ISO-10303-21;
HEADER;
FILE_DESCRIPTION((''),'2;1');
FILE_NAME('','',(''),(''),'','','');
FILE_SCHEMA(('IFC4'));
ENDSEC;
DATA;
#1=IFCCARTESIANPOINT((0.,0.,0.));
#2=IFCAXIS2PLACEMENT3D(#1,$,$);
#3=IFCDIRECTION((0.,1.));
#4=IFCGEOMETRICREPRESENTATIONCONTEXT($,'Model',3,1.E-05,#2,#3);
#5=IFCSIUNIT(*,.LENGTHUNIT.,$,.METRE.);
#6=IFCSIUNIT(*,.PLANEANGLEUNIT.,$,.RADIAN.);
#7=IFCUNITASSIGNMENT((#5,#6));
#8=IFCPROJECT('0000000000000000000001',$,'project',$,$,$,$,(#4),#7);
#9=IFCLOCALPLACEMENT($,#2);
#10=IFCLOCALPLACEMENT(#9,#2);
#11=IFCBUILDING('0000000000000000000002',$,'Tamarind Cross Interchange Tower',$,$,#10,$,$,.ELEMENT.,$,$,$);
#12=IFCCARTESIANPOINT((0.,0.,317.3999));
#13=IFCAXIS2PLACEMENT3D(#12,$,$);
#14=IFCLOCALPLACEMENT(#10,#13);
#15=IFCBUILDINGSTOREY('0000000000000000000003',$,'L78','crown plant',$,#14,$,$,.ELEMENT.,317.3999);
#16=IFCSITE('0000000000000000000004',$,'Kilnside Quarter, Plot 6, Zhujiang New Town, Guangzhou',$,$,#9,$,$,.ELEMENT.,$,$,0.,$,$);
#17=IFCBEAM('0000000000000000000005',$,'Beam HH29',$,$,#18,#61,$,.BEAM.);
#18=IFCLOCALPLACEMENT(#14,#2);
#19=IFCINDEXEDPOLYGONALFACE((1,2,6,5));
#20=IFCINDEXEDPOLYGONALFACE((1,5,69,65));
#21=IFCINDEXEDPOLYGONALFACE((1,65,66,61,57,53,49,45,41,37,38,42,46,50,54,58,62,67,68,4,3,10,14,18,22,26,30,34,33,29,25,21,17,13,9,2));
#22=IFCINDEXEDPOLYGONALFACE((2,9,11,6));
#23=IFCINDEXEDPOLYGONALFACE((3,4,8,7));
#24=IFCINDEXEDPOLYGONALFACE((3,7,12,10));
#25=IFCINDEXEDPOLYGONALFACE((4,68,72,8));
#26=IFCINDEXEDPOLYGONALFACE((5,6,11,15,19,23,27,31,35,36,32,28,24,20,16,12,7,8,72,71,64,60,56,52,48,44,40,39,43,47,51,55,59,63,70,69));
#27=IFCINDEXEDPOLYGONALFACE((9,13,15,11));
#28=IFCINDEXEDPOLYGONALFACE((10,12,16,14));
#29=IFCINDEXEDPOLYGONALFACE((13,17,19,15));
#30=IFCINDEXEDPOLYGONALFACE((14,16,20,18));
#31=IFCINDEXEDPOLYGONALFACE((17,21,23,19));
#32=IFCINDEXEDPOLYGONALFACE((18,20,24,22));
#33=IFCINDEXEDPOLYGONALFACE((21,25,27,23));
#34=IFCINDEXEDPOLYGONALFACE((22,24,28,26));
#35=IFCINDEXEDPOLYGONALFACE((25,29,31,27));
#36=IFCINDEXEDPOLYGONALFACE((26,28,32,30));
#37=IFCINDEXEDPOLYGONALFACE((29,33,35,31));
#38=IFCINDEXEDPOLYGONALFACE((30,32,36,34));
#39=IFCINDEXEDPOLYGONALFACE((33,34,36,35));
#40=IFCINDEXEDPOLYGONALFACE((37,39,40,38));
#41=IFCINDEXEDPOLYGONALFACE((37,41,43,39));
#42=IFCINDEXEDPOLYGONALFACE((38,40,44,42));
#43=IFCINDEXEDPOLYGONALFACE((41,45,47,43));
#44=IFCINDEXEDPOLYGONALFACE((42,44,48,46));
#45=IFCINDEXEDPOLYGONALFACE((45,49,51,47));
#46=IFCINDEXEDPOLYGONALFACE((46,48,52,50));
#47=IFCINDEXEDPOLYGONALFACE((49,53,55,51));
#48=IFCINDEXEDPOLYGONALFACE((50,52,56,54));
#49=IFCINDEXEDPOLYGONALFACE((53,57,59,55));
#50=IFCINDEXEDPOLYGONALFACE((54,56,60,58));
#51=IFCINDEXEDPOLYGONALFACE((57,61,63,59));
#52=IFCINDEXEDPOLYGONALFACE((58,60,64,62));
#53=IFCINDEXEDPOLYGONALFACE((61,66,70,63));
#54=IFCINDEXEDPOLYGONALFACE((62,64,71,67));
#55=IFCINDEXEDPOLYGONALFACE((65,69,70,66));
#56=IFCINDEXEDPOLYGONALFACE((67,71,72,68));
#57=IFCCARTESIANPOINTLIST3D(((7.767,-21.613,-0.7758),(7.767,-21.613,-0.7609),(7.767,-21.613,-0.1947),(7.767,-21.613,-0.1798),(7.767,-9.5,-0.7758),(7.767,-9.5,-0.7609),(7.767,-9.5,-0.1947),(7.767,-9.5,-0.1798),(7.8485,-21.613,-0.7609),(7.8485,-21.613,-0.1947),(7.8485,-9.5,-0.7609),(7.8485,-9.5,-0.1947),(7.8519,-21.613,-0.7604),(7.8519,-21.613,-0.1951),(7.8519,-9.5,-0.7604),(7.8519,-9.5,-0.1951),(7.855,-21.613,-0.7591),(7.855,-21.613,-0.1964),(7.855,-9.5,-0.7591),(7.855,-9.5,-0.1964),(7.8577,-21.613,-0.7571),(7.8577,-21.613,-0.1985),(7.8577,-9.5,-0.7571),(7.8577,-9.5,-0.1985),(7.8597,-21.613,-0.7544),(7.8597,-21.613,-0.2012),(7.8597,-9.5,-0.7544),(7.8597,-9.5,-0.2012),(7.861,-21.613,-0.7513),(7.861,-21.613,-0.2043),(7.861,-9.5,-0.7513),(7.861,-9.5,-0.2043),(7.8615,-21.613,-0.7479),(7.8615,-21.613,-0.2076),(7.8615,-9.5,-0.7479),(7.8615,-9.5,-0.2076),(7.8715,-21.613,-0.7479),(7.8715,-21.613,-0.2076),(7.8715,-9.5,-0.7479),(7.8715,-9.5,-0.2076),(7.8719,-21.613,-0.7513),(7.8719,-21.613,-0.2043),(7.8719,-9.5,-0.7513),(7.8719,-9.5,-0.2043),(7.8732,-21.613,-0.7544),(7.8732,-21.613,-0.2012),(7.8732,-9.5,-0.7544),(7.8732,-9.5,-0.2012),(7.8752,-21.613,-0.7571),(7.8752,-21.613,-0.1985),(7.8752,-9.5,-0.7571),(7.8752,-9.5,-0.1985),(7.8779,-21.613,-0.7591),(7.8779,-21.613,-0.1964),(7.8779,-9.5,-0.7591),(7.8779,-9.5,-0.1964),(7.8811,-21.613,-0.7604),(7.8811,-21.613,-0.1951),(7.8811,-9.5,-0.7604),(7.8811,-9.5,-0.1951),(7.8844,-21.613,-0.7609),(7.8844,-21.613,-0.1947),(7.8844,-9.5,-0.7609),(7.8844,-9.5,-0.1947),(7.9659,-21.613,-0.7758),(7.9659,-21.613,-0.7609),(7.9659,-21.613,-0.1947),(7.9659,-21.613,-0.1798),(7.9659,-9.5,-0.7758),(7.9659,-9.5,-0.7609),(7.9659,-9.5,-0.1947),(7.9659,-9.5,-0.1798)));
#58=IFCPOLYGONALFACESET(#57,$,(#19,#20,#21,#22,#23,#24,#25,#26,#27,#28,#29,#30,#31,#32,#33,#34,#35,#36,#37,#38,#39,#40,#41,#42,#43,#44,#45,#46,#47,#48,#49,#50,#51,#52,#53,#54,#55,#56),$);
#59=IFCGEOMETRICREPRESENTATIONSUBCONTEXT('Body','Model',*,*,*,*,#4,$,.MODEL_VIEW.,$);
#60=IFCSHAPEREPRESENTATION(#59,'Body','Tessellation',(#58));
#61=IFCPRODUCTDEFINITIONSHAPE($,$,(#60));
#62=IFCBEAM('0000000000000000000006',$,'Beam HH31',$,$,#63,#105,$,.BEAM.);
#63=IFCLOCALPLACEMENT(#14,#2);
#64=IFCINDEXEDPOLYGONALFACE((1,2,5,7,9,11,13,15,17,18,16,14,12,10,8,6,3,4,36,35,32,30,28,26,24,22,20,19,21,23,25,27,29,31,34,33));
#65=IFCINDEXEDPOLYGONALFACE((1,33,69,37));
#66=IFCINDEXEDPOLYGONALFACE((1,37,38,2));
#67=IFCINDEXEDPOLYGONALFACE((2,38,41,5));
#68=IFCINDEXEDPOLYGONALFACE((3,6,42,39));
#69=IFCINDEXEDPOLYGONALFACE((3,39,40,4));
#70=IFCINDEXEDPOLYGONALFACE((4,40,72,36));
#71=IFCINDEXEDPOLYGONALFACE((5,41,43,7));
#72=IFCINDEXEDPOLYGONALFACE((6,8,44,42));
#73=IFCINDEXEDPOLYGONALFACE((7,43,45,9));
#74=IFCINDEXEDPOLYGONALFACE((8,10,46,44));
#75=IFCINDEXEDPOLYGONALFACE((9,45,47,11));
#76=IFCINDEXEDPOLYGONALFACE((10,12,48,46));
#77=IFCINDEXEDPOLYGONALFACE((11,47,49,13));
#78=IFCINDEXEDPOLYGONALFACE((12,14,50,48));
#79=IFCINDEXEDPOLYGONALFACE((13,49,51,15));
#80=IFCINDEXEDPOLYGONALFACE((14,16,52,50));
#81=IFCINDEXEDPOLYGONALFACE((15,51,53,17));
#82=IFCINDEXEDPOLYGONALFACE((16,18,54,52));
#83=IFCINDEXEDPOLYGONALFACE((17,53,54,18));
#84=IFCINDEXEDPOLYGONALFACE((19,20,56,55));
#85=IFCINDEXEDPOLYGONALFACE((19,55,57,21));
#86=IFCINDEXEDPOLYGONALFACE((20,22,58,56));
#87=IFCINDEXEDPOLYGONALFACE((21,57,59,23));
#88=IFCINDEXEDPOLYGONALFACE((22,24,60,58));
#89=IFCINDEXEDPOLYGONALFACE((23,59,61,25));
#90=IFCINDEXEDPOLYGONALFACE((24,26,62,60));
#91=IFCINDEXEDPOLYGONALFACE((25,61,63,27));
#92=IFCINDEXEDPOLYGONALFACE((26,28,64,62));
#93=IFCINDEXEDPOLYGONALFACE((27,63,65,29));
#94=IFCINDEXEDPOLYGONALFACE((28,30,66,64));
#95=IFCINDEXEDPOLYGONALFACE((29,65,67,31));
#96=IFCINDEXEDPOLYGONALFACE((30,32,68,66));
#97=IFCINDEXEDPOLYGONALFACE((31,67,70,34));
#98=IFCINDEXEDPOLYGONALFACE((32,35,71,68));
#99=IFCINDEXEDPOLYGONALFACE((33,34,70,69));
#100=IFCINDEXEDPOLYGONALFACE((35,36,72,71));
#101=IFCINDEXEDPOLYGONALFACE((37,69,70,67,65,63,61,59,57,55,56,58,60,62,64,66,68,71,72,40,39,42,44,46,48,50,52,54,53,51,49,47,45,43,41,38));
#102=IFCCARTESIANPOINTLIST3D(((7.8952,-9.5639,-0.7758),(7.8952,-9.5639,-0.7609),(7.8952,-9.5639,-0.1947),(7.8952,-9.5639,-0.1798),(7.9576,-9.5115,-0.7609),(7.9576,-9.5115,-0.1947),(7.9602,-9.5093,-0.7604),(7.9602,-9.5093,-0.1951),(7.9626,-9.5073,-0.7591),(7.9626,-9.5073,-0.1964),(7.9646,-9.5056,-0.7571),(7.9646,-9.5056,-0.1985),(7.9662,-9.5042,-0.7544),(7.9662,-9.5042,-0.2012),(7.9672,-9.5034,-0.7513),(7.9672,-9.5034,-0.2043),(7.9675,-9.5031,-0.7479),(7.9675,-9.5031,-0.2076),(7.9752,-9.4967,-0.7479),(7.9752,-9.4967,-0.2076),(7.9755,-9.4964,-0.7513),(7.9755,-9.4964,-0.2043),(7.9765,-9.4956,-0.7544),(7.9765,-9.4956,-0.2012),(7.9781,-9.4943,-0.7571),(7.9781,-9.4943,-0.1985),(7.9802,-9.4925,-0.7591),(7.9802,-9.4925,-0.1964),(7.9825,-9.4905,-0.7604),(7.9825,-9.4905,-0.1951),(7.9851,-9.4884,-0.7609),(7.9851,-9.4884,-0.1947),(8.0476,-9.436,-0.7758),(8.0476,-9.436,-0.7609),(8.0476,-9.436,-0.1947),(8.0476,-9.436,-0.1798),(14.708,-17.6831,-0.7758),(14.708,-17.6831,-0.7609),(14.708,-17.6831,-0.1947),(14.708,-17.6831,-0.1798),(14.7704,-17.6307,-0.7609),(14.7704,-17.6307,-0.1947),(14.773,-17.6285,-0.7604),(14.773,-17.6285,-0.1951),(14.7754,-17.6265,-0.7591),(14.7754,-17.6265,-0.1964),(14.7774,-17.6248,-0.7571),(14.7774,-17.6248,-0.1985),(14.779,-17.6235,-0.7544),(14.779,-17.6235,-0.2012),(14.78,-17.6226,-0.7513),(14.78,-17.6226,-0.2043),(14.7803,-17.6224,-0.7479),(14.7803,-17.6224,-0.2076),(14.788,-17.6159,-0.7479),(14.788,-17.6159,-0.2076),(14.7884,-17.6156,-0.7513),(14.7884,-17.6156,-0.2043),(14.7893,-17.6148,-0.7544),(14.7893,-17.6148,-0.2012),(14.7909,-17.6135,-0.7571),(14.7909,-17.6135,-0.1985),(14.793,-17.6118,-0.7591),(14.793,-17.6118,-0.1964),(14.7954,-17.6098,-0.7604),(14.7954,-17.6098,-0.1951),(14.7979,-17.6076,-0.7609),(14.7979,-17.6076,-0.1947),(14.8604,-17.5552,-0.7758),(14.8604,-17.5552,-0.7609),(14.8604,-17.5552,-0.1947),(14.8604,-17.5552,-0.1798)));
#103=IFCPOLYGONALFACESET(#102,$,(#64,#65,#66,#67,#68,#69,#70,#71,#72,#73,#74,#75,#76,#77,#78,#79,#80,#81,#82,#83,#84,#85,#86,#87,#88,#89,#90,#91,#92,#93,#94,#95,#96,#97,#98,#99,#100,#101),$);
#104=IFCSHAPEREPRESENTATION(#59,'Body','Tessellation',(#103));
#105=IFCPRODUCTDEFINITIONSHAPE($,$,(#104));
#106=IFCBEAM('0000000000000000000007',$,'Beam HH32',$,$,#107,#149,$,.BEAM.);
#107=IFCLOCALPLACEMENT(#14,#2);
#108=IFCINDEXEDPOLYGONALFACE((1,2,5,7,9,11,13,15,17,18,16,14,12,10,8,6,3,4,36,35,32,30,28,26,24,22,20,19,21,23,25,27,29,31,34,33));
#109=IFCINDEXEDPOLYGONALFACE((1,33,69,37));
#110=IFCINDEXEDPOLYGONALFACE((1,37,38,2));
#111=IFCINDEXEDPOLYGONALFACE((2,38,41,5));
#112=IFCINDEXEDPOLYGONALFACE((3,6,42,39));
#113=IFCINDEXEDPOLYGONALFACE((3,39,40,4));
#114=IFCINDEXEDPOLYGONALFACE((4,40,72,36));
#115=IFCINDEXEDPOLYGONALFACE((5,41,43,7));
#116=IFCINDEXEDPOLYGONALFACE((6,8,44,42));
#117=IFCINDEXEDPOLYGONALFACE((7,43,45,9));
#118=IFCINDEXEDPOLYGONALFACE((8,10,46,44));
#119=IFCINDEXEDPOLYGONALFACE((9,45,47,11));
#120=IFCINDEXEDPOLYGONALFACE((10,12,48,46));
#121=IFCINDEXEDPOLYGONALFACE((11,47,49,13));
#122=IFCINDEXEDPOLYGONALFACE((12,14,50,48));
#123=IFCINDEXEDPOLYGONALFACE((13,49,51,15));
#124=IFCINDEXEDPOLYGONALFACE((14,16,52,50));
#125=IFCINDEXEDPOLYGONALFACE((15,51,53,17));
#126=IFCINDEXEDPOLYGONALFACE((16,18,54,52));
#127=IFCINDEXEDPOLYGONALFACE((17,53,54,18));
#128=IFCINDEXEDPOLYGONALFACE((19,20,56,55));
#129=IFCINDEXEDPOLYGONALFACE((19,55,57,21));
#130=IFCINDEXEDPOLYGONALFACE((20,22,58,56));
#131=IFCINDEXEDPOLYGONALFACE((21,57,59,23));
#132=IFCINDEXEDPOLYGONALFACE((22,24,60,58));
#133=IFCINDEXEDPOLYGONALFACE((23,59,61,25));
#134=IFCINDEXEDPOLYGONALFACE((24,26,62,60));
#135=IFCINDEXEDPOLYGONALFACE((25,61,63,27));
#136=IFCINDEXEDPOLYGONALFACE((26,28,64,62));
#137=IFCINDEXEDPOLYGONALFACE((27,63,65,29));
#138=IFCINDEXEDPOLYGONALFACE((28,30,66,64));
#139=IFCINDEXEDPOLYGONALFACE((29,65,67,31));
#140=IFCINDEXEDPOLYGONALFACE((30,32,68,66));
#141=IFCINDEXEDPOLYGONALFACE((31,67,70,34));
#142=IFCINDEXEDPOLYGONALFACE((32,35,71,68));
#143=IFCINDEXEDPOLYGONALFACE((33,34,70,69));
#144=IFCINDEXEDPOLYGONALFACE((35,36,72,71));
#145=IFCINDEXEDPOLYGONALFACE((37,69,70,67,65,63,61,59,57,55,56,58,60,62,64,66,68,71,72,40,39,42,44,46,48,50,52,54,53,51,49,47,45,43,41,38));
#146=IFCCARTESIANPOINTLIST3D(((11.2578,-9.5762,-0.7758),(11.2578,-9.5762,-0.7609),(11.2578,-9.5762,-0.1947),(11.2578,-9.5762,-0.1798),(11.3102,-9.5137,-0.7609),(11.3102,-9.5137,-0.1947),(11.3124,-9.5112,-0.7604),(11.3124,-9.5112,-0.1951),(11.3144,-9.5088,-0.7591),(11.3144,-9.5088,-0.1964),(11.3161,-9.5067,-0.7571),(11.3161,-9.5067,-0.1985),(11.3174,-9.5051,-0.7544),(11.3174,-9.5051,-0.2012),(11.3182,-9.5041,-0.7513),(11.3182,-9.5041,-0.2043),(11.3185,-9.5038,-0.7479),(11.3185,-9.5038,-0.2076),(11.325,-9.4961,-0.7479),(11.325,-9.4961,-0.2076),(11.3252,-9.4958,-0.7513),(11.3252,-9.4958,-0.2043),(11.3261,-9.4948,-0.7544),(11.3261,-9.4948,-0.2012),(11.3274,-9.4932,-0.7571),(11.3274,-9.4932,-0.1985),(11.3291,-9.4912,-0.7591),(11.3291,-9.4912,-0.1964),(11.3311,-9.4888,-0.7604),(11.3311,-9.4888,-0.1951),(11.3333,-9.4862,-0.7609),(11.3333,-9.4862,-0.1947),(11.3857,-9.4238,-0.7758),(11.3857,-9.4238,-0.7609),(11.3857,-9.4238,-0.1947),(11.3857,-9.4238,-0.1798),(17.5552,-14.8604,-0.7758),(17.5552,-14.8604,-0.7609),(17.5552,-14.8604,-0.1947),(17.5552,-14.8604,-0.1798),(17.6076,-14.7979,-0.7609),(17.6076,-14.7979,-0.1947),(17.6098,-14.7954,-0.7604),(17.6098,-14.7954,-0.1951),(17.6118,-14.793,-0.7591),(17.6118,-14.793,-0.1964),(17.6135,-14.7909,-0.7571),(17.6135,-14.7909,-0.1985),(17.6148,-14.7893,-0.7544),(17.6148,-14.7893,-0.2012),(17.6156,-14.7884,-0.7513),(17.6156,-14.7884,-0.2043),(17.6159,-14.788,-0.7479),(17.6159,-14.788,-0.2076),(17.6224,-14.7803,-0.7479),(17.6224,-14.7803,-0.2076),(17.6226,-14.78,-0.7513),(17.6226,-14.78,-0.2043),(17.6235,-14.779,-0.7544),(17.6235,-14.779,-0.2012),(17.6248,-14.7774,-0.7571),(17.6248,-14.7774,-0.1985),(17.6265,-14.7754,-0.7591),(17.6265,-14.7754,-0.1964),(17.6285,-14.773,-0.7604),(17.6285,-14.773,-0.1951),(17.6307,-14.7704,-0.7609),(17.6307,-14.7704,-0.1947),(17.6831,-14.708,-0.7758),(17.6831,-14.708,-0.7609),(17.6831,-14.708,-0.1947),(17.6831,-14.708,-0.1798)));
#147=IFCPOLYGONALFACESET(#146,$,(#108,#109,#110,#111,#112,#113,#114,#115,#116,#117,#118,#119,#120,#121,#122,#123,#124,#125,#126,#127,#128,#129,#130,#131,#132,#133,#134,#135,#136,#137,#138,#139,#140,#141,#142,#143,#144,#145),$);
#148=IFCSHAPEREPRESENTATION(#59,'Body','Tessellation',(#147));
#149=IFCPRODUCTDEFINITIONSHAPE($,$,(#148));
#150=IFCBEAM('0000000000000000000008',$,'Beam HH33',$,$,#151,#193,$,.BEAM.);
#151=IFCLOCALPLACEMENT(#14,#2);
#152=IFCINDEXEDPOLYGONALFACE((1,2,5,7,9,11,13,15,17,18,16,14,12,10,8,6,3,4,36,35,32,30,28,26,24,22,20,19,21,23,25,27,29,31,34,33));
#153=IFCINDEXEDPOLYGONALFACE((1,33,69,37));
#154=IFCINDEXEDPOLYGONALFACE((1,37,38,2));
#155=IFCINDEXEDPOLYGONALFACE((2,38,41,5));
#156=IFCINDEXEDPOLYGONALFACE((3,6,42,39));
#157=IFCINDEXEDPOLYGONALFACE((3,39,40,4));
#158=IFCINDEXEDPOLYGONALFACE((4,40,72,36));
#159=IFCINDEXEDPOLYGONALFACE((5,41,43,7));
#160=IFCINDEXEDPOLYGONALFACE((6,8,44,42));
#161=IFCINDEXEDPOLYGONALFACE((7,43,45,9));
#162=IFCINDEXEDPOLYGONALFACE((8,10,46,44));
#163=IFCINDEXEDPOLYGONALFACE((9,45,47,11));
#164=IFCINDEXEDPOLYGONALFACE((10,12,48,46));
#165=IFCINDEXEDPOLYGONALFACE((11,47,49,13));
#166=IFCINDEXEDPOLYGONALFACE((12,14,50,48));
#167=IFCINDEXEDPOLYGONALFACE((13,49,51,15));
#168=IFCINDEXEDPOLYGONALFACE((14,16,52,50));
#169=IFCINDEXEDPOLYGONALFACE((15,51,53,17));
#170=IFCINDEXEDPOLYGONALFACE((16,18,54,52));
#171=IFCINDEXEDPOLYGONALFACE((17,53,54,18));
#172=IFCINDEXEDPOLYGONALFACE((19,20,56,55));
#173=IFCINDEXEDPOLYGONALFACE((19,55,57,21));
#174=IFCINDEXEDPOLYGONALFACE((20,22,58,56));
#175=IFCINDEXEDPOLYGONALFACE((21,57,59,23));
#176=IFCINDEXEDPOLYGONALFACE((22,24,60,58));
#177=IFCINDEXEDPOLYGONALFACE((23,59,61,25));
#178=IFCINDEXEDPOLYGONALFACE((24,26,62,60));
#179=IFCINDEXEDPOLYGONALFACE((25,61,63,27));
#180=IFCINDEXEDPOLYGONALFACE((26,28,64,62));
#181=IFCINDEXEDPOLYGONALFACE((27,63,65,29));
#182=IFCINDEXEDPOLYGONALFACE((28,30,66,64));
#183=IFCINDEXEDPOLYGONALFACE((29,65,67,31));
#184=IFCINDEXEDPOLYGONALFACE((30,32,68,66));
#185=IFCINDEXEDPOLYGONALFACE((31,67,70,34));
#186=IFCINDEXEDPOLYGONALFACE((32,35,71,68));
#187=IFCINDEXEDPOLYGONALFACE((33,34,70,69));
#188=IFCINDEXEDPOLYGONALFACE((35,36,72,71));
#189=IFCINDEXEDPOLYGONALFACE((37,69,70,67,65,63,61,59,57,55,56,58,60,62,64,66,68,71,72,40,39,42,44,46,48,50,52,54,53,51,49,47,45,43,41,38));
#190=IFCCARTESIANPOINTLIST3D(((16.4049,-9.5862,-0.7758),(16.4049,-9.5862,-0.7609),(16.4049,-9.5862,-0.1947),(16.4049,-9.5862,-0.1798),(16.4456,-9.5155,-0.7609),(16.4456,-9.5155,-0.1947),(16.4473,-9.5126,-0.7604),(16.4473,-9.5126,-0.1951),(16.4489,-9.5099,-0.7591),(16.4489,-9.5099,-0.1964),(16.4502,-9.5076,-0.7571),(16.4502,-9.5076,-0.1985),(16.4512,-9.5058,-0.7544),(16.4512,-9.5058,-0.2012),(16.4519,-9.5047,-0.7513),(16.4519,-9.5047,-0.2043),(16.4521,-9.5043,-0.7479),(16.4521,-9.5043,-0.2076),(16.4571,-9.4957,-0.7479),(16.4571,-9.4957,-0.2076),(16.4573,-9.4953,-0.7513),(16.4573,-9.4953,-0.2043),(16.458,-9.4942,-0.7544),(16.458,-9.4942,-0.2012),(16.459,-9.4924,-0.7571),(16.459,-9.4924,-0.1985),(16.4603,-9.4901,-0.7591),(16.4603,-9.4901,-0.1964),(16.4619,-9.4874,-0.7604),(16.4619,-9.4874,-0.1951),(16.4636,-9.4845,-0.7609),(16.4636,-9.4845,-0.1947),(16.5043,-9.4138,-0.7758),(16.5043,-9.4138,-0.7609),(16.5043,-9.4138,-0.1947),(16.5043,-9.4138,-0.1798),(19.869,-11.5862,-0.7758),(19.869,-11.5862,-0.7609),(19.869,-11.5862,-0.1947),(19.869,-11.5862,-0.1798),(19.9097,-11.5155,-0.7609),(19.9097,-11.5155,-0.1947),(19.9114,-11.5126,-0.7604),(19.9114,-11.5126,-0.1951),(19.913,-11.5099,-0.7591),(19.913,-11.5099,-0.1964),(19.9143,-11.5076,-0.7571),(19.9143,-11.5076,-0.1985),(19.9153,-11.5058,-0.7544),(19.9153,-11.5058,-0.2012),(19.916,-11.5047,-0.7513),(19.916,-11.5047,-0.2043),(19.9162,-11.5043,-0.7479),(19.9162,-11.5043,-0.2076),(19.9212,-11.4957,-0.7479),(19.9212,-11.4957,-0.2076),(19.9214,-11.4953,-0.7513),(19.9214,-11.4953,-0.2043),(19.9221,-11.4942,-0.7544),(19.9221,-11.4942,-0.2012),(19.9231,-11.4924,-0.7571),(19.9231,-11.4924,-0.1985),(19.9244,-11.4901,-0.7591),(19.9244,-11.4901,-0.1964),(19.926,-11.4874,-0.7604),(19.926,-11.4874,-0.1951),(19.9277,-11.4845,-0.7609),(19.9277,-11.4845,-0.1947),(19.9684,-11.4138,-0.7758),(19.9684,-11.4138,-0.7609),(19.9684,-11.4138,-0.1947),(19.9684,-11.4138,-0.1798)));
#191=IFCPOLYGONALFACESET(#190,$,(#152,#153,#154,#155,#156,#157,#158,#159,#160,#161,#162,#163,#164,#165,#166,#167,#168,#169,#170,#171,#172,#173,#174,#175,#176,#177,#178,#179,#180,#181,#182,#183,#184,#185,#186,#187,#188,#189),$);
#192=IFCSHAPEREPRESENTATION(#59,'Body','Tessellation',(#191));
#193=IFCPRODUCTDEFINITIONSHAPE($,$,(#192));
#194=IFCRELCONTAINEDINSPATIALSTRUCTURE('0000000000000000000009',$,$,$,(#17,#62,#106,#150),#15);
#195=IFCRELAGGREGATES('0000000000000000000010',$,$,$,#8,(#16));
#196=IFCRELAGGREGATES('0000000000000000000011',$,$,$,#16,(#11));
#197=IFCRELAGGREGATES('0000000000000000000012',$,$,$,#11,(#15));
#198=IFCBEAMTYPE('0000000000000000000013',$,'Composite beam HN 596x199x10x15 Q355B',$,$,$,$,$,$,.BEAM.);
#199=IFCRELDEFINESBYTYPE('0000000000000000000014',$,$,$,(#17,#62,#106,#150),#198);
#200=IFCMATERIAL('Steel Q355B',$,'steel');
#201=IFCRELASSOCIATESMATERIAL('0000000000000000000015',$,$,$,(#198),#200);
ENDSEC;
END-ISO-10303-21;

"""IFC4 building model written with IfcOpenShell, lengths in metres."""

from ifc_helpers import new_model, si_unit, direction, frame, origin, origin_2d, place, context, subcontext, project, spatial, i_section, extrude, material, material_profile, profile_set, type_object, element, save


model = new_model("IFC4")

# Units and contexts
model_context = context("Model", 3, precision=1e-05, world=origin(), true_north=direction((0.0, 1.0)))
body_context = subcontext(model_context, "Body", "Model", "MODEL_VIEW")
ifc_project = project(units=[si_unit("LENGTHUNIT", "METRE"), si_unit("PLANEANGLEUNIT", "RADIAN")], contexts=[model_context])

# Site, building, storey
site_placement = place(None, origin())
site = spatial("IfcSite", under=ifc_project, at=site_placement, Name="Kilnside Quarter, Plot 6, Zhujiang New Town, Guangzhou", CompositionType="ELEMENT", RefElevation=0.0)
building_placement = place(site_placement, origin())
building = spatial("IfcBuilding", under=site, at=building_placement, Name="Tamarind Cross Interchange Tower", CompositionType="ELEMENT")
storey_placement = place(building_placement, frame((0.0, 0.0, 317.3999)))
storey = spatial("IfcBuildingStorey", under=building, at=storey_placement, Name="L78", Description="crown plant", CompositionType="ELEMENT", Elevation=317.3999)

# Beams
ifc_material_1 = material(Name="Steel Q355B", Category="steel")
ifc_material_profile_1 = material_profile(ifc_material_1, i_section(OverallWidth=0.199, OverallDepth=0.5959, WebThickness=0.01, FlangeThickness=0.0149, FilletRadius=0.0129, at=origin_2d()), Name="HN 596x199x10x15")
ifc_profile_set_1 = profile_set([ifc_material_profile_1], Name="Steel Q355B")
beam_type = type_object("IfcBeamType", Name="Composite beam HN 596x199x10x15 Q355B", PredefinedType="BEAM", material=ifc_profile_set_1)
beam_1_placement = place(storey_placement, frame((7.8665, -21.613, -0.4778), z_axis=(0.0, 1.0, 0.0), x_axis=(-1.0, 0.0, 0.0)))
element("IfcBeam", 1, at=beam_1_placement, inside=storey, type_object=beam_type, Name="Beam HH29", PredefinedType="BEAM", context=body_context, shape_type="SweptSolid", body=[
    extrude(i_section(OverallWidth=0.199, OverallDepth=0.5959, WebThickness=0.01, FlangeThickness=0.0149, FilletRadius=0.0129, at=origin_2d()), origin(), (0.0, 0.0, 1.0), 12.113),
])
beam_2_placement = place(storey_placement, frame((14.7842, -17.6191, -0.4778), z_axis=(-0.642786, 0.766046, 0.0), x_axis=(-0.766046, -0.642786, 0.0)))
element("IfcBeam", 2, at=beam_2_placement, inside=storey, type_object=beam_type, Name="Beam HH31", PredefinedType="BEAM", context=body_context, shape_type="SweptSolid", body=[
    extrude(i_section(OverallWidth=0.199, OverallDepth=0.5959, WebThickness=0.01, FlangeThickness=0.0149, FilletRadius=0.0129, at=origin_2d()), origin(), (0.0, 0.0, 1.0), 10.5989),
])
beam_3_placement = place(storey_placement, frame((17.6191, -14.7842, -0.4778), z_axis=(-0.766041, 0.642792, 0.0), x_axis=(-0.642792, -0.766041, 0.0)))
element("IfcBeam", 3, at=beam_3_placement, inside=storey, type_object=beam_type, Name="Beam HH32", PredefinedType="BEAM", context=body_context, shape_type="SweptSolid", body=[
    extrude(i_section(OverallWidth=0.199, OverallDepth=0.5959, WebThickness=0.01, FlangeThickness=0.0149, FilletRadius=0.0129, at=origin_2d()), origin(), (0.0, 0.0, 1.0), 8.2207),
])
beam_4_placement = place(storey_placement, frame((19.9187, -11.5, -0.4778), z_axis=(-0.866026, 0.499999, 0.0), x_axis=(-0.499999, -0.866026, 0.0)))
element("IfcBeam", 4, at=beam_4_placement, inside=storey, type_object=beam_type, Name="Beam HH33", PredefinedType="BEAM", context=body_context, shape_type="SweptSolid", body=[
    extrude(i_section(OverallWidth=0.199, OverallDepth=0.5959, WebThickness=0.01, FlangeThickness=0.0149, FilletRadius=0.0129, at=origin_2d()), origin(), (0.0, 0.0, 1.0), 4.0),
])

save(model, "model.ifc")
